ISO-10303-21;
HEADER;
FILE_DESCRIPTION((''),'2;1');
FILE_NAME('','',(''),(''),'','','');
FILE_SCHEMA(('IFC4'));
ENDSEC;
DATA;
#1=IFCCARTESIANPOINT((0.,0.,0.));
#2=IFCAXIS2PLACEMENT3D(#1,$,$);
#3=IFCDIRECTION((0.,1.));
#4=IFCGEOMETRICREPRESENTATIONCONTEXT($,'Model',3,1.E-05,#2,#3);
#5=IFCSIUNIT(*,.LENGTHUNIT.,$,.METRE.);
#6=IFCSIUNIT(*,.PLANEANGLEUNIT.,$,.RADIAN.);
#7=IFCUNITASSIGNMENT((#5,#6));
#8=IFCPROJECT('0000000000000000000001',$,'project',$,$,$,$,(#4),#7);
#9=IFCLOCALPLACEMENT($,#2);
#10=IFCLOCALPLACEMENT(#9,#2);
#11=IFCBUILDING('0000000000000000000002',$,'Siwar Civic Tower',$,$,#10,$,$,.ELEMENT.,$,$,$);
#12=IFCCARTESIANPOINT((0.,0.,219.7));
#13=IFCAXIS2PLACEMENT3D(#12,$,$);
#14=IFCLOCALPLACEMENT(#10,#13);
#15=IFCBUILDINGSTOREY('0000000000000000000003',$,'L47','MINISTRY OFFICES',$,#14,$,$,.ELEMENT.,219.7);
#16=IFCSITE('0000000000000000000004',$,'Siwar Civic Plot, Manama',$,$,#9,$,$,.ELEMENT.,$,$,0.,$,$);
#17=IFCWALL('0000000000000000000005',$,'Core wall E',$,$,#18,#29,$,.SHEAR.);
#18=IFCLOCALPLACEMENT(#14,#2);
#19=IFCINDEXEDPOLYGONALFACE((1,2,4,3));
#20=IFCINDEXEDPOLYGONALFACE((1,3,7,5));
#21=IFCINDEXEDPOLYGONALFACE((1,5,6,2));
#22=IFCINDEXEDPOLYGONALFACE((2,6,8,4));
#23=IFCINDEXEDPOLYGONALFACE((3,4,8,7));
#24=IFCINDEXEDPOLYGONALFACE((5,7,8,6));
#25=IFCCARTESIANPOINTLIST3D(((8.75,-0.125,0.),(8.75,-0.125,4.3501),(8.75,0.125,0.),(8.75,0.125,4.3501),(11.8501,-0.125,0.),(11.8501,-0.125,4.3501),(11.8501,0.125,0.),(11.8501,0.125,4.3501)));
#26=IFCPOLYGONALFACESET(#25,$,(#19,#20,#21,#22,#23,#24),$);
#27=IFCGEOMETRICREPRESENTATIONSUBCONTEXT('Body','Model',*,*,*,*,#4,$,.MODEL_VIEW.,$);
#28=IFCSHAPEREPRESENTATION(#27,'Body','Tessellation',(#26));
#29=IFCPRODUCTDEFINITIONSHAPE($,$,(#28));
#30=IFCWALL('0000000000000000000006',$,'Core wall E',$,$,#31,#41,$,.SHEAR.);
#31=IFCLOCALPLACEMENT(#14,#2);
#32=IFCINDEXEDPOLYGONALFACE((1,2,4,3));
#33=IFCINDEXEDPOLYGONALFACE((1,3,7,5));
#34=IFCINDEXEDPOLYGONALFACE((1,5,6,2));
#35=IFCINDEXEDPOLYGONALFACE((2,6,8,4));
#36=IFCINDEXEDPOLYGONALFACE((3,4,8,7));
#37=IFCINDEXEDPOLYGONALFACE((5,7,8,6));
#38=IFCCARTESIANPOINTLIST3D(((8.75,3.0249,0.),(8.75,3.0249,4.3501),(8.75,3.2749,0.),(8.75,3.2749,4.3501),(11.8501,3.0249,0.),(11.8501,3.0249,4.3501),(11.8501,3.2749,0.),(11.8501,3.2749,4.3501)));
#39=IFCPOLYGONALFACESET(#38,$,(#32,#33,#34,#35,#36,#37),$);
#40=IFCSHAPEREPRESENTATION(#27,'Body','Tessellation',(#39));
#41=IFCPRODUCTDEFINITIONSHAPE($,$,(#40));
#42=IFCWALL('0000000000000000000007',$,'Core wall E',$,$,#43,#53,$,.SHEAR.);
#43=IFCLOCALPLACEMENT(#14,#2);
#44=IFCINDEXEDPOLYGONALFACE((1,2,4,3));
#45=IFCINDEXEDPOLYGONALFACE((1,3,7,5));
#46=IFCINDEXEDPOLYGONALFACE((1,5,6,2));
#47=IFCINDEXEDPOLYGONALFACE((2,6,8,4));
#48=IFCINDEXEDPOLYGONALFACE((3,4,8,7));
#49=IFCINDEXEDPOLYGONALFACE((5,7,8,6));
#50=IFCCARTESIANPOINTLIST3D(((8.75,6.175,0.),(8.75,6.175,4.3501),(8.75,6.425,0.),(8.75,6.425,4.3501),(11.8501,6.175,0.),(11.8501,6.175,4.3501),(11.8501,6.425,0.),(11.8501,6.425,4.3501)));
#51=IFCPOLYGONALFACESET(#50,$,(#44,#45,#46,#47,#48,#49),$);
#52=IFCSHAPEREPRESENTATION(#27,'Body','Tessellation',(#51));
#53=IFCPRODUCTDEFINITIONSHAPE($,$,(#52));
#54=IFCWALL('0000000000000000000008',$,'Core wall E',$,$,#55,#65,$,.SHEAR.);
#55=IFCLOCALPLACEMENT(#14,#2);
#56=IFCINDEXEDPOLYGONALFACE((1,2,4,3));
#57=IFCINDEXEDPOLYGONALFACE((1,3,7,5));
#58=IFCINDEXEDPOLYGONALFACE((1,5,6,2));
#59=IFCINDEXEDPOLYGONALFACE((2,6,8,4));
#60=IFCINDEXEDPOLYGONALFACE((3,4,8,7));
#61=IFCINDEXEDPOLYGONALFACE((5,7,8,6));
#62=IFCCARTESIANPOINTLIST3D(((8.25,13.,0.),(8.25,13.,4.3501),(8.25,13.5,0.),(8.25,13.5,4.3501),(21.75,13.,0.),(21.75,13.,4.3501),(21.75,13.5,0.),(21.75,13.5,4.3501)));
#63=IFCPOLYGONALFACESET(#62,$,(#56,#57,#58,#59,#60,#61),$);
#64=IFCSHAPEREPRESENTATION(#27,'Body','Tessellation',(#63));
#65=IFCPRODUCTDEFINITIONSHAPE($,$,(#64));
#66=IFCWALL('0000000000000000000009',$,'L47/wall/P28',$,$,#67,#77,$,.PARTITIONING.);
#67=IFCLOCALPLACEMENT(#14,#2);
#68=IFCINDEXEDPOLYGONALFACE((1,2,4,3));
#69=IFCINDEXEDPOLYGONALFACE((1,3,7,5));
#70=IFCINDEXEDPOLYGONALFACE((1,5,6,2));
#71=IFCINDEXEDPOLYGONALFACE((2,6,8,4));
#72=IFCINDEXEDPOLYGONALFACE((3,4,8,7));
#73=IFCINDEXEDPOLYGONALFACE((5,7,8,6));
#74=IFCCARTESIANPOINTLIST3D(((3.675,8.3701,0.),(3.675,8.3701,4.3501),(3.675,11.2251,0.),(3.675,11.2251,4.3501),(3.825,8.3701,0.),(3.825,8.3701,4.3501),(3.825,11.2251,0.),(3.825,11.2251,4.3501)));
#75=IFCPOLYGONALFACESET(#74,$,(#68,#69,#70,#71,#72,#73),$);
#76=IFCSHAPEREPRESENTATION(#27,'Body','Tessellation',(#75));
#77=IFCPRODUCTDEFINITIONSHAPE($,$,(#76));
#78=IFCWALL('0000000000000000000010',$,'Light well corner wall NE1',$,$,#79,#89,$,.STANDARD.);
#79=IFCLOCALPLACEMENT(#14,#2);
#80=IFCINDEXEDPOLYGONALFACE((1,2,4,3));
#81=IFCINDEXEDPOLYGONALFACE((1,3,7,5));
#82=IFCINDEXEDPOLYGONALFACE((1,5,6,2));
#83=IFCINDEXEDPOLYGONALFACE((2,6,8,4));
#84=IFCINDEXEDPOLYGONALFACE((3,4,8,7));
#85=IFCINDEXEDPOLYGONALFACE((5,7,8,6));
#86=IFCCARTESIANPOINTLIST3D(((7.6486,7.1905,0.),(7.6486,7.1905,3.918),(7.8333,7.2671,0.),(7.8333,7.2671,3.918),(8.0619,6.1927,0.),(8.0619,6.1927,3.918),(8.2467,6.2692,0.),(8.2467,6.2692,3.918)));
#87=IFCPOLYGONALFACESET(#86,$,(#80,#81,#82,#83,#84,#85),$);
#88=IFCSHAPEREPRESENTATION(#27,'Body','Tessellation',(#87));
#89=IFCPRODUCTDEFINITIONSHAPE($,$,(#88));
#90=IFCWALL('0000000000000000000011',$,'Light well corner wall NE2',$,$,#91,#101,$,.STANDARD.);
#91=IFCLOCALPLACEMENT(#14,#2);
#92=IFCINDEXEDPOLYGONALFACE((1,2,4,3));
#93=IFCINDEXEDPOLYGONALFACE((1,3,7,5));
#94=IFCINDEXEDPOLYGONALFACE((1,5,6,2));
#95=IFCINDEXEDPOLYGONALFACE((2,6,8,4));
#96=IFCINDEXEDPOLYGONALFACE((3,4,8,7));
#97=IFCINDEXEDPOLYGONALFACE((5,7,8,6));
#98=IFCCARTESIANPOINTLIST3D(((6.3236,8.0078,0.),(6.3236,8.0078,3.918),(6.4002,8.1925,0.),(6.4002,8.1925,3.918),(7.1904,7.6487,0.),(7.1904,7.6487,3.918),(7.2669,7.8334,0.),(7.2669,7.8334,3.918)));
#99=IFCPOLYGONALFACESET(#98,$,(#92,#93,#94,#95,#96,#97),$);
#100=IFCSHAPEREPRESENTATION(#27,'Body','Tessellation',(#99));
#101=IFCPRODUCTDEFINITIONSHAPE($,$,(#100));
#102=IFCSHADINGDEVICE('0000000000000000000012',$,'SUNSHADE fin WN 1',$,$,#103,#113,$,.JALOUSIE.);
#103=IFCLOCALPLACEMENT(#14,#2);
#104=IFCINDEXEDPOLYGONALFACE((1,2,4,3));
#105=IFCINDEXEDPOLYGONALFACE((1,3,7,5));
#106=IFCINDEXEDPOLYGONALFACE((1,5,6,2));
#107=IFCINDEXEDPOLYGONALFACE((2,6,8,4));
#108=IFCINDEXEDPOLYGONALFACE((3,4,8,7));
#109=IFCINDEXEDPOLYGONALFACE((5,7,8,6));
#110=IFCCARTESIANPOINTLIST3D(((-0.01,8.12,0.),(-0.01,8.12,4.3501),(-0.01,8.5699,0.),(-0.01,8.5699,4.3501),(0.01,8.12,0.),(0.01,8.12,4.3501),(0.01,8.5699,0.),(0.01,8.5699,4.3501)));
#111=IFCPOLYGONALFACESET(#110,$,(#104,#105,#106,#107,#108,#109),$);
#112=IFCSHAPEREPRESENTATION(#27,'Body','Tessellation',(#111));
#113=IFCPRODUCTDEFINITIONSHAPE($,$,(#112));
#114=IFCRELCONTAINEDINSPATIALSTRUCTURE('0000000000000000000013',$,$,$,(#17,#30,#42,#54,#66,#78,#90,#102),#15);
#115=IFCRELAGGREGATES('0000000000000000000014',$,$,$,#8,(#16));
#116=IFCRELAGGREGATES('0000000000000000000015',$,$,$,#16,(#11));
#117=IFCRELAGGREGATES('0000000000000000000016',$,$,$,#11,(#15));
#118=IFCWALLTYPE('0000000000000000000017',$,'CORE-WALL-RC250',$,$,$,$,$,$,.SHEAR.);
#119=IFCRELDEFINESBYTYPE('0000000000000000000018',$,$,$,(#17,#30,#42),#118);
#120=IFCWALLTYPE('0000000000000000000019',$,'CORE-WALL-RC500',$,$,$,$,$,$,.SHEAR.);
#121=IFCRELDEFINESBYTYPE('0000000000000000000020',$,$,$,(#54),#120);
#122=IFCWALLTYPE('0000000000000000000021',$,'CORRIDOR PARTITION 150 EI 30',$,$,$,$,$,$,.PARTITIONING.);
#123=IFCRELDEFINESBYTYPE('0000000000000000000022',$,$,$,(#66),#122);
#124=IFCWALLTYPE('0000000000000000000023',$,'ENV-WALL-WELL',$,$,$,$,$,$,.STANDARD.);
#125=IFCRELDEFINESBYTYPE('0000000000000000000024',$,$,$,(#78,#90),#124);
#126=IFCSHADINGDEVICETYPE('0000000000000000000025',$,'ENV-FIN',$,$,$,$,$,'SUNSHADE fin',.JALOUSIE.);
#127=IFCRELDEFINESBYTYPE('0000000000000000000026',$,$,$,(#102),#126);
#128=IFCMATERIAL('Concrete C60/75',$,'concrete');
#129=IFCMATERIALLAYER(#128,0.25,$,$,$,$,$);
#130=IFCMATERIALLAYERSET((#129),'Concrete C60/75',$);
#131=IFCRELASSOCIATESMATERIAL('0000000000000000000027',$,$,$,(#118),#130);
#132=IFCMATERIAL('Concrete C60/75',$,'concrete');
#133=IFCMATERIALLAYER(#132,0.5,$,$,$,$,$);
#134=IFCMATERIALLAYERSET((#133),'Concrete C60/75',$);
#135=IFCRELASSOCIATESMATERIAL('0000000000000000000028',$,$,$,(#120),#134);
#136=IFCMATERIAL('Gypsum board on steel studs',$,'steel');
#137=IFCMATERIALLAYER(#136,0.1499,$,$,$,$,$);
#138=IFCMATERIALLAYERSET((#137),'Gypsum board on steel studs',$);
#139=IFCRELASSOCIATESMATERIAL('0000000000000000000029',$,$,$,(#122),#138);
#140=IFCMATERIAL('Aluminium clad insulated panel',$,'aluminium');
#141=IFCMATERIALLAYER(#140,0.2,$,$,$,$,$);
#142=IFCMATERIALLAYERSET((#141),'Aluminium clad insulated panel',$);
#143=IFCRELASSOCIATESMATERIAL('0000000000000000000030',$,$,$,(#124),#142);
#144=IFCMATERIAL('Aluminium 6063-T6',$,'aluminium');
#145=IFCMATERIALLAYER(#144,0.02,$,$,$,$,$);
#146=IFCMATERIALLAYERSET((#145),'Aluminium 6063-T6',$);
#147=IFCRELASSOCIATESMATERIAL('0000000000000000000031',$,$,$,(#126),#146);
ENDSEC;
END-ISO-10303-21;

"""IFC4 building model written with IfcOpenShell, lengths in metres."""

from ifc_helpers import new_model, si_unit, direction, frame, frame_2d, origin, origin_2d, place, context, subcontext, project, spatial, rectangle, extrude, material, layer, layer_set, type_object, element, save


model = new_model("IFC4")

# Units and contexts
model_context = context("Model", 3, precision=1e-05, world=origin(), true_north=direction((0.0, 1.0)))
body_context = subcontext(model_context, "Body", "Model", "MODEL_VIEW")
ifc_project = project(units=[si_unit("LENGTHUNIT", "METRE"), si_unit("PLANEANGLEUNIT", "RADIAN")], contexts=[model_context])

# Site, building, storey
site_placement = place(None, origin())
site = spatial("IfcSite", under=ifc_project, at=site_placement, Name="Siwar Civic Plot, Manama", CompositionType="ELEMENT", RefElevation=0.0)
building_placement = place(site_placement, origin())
building = spatial("IfcBuilding", under=site, at=building_placement, Name="Siwar Civic Tower", CompositionType="ELEMENT")
storey_placement = place(building_placement, frame((0.0, 0.0, 219.7)))
storey = spatial("IfcBuildingStorey", under=building, at=storey_placement, Name="L47", Description="MINISTRY OFFICES", CompositionType="ELEMENT", Elevation=219.7)

# Walls
ifc_material_1 = material(Name="Concrete C60/75", Category="concrete")
ifc_layer_1 = layer(ifc_material_1, 0.25)
ifc_layer_set_1 = layer_set([ifc_layer_1], Name="Concrete C60/75")
wall_type_1 = type_object("IfcWallType", Name="CORE-WALL-RC250", PredefinedType="SHEAR", material=ifc_layer_set_1)
for number, where, z_axis, x_axis, name in (
    (1, (8.75, 0.0, 0.0), (0.0, 0.0, 1.0), (1.0, 0.0, 0.0), "Core wall E"),
    (2, (8.75, 3.1499, 0.0), (0.0, 0.0, 1.0), (1.0, 0.0, 0.0), "Core wall E"),
    (3, (8.75, 6.3, 0.0), (0.0, 0.0, 1.0), (1.0, 0.0, 0.0), "Core wall E"),
):
    element("IfcWall", number, at=place(storey_placement, frame(where, z_axis=z_axis, x_axis=x_axis)), inside=storey, type_object=wall_type_1, Name=name, PredefinedType="SHEAR", context=body_context, shape_type="SweptSolid", body=[
        extrude(rectangle(XDim=3.1001, YDim=0.25, at=frame_2d((1.55, 0.0))), origin(), (0.0, 0.0, 1.0), 4.3501),
    ])
ifc_material_2 = material(Name="Concrete C60/75", Category="concrete")
ifc_layer_2 = layer(ifc_material_2, 0.5)
ifc_layer_set_2 = layer_set([ifc_layer_2], Name="Concrete C60/75")
wall_type_2 = type_object("IfcWallType", Name="CORE-WALL-RC500", PredefinedType="SHEAR", material=ifc_layer_set_2)
wall_1_placement = place(storey_placement, frame((8.25, 13.25, 0.0), z_axis=(0.0, 0.0, 1.0), x_axis=(1.0, 0.0, 0.0)))
element("IfcWall", 4, at=wall_1_placement, inside=storey, type_object=wall_type_2, Name="Core wall E", PredefinedType="SHEAR", context=body_context, shape_type="SweptSolid", body=[
    extrude(rectangle(XDim=13.5, YDim=0.5, at=frame_2d((6.75, 0.0))), origin(), (0.0, 0.0, 1.0), 4.3501),
])
ifc_material_3 = material(Name="Gypsum board on steel studs", Category="steel")
ifc_layer_3 = layer(ifc_material_3, 0.1499)
ifc_layer_set_3 = layer_set([ifc_layer_3], Name="Gypsum board on steel studs")
wall_type_3 = type_object("IfcWallType", Name="CORRIDOR PARTITION 150 EI 30", PredefinedType="PARTITIONING", material=ifc_layer_set_3)
wall_2_placement = place(storey_placement, frame((3.75, 8.3701, 0.0), z_axis=(0.0, 0.0, 1.0), x_axis=(0.0, 1.0, 0.0)))
element("IfcWall", 5, at=wall_2_placement, inside=storey, type_object=wall_type_3, Name="L47/wall/P28", PredefinedType="PARTITIONING", context=body_context, shape_type="SweptSolid", body=[
    extrude(rectangle(XDim=2.855, YDim=0.1499, at=frame_2d((1.4275, 0.0))), origin(), (0.0, 0.0, 1.0), 4.3501),
])
ifc_material_4 = material(Name="Aluminium clad insulated panel", Category="aluminium")
ifc_layer_4 = layer(ifc_material_4, 0.2)
ifc_layer_set_4 = layer_set([ifc_layer_4], Name="Aluminium clad insulated panel")
wall_type_4 = type_object("IfcWallType", Name="ENV-WALL-WELL", PredefinedType="STANDARD", material=ifc_layer_set_4)
wall_3_placement = place(storey_placement, frame((8.1543, 6.231, 0.0), z_axis=(0.0, 0.0, 1.0), x_axis=(-0.382704, 0.923871, 0.0)))
element("IfcWall", 6, at=wall_3_placement, inside=storey, type_object=wall_type_4, Name="Light well corner wall NE1", PredefinedType="STANDARD", context=body_context, shape_type="SweptSolid", body=[
    extrude(rectangle(XDim=1.0801, YDim=0.2, at=frame_2d((0.54, 0.0))), origin(), (0.0, 0.0, 1.0), 3.918),
])
wall_4_placement = place(storey_placement, frame((7.2288, 7.741, 0.0), z_axis=(0.0, 0.0, 1.0), x_axis=(-0.92383, 0.382804, 0.0)))
element("IfcWall", 7, at=wall_4_placement, inside=storey, type_object=wall_type_4, Name="Light well corner wall NE2", PredefinedType="STANDARD", context=body_context, shape_type="SweptSolid", body=[
    extrude(rectangle(XDim=0.9382, YDim=0.2, at=frame_2d((0.4692, 0.0))), origin(), (0.0, 0.0, 1.0), 3.918),
])

# Shading device
ifc_material_5 = material(Name="Aluminium 6063-T6", Category="aluminium")
ifc_layer_5 = layer(ifc_material_5, 0.02)
ifc_layer_set_5 = layer_set([ifc_layer_5], Name="Aluminium 6063-T6")
shading_device_type = type_object("IfcShadingDeviceType", Name="ENV-FIN", ElementType="SUNSHADE fin", PredefinedType="JALOUSIE", material=ifc_layer_set_5)
shading_device_placement = place(storey_placement, frame((0.0, 8.345, 0.0), z_axis=(0.0, 0.0, 1.0), x_axis=(-1.0, 0.0, 0.0)))
element("IfcShadingDevice", 8, at=shading_device_placement, inside=storey, type_object=shading_device_type, Name="SUNSHADE fin WN 1", PredefinedType="JALOUSIE", context=body_context, shape_type="SweptSolid", body=[
    extrude(rectangle(XDim=0.02, YDim=0.45, at=origin_2d()), origin(), (0.0, 0.0, 1.0), 4.3501),
])

save(model, "model.ifc")
